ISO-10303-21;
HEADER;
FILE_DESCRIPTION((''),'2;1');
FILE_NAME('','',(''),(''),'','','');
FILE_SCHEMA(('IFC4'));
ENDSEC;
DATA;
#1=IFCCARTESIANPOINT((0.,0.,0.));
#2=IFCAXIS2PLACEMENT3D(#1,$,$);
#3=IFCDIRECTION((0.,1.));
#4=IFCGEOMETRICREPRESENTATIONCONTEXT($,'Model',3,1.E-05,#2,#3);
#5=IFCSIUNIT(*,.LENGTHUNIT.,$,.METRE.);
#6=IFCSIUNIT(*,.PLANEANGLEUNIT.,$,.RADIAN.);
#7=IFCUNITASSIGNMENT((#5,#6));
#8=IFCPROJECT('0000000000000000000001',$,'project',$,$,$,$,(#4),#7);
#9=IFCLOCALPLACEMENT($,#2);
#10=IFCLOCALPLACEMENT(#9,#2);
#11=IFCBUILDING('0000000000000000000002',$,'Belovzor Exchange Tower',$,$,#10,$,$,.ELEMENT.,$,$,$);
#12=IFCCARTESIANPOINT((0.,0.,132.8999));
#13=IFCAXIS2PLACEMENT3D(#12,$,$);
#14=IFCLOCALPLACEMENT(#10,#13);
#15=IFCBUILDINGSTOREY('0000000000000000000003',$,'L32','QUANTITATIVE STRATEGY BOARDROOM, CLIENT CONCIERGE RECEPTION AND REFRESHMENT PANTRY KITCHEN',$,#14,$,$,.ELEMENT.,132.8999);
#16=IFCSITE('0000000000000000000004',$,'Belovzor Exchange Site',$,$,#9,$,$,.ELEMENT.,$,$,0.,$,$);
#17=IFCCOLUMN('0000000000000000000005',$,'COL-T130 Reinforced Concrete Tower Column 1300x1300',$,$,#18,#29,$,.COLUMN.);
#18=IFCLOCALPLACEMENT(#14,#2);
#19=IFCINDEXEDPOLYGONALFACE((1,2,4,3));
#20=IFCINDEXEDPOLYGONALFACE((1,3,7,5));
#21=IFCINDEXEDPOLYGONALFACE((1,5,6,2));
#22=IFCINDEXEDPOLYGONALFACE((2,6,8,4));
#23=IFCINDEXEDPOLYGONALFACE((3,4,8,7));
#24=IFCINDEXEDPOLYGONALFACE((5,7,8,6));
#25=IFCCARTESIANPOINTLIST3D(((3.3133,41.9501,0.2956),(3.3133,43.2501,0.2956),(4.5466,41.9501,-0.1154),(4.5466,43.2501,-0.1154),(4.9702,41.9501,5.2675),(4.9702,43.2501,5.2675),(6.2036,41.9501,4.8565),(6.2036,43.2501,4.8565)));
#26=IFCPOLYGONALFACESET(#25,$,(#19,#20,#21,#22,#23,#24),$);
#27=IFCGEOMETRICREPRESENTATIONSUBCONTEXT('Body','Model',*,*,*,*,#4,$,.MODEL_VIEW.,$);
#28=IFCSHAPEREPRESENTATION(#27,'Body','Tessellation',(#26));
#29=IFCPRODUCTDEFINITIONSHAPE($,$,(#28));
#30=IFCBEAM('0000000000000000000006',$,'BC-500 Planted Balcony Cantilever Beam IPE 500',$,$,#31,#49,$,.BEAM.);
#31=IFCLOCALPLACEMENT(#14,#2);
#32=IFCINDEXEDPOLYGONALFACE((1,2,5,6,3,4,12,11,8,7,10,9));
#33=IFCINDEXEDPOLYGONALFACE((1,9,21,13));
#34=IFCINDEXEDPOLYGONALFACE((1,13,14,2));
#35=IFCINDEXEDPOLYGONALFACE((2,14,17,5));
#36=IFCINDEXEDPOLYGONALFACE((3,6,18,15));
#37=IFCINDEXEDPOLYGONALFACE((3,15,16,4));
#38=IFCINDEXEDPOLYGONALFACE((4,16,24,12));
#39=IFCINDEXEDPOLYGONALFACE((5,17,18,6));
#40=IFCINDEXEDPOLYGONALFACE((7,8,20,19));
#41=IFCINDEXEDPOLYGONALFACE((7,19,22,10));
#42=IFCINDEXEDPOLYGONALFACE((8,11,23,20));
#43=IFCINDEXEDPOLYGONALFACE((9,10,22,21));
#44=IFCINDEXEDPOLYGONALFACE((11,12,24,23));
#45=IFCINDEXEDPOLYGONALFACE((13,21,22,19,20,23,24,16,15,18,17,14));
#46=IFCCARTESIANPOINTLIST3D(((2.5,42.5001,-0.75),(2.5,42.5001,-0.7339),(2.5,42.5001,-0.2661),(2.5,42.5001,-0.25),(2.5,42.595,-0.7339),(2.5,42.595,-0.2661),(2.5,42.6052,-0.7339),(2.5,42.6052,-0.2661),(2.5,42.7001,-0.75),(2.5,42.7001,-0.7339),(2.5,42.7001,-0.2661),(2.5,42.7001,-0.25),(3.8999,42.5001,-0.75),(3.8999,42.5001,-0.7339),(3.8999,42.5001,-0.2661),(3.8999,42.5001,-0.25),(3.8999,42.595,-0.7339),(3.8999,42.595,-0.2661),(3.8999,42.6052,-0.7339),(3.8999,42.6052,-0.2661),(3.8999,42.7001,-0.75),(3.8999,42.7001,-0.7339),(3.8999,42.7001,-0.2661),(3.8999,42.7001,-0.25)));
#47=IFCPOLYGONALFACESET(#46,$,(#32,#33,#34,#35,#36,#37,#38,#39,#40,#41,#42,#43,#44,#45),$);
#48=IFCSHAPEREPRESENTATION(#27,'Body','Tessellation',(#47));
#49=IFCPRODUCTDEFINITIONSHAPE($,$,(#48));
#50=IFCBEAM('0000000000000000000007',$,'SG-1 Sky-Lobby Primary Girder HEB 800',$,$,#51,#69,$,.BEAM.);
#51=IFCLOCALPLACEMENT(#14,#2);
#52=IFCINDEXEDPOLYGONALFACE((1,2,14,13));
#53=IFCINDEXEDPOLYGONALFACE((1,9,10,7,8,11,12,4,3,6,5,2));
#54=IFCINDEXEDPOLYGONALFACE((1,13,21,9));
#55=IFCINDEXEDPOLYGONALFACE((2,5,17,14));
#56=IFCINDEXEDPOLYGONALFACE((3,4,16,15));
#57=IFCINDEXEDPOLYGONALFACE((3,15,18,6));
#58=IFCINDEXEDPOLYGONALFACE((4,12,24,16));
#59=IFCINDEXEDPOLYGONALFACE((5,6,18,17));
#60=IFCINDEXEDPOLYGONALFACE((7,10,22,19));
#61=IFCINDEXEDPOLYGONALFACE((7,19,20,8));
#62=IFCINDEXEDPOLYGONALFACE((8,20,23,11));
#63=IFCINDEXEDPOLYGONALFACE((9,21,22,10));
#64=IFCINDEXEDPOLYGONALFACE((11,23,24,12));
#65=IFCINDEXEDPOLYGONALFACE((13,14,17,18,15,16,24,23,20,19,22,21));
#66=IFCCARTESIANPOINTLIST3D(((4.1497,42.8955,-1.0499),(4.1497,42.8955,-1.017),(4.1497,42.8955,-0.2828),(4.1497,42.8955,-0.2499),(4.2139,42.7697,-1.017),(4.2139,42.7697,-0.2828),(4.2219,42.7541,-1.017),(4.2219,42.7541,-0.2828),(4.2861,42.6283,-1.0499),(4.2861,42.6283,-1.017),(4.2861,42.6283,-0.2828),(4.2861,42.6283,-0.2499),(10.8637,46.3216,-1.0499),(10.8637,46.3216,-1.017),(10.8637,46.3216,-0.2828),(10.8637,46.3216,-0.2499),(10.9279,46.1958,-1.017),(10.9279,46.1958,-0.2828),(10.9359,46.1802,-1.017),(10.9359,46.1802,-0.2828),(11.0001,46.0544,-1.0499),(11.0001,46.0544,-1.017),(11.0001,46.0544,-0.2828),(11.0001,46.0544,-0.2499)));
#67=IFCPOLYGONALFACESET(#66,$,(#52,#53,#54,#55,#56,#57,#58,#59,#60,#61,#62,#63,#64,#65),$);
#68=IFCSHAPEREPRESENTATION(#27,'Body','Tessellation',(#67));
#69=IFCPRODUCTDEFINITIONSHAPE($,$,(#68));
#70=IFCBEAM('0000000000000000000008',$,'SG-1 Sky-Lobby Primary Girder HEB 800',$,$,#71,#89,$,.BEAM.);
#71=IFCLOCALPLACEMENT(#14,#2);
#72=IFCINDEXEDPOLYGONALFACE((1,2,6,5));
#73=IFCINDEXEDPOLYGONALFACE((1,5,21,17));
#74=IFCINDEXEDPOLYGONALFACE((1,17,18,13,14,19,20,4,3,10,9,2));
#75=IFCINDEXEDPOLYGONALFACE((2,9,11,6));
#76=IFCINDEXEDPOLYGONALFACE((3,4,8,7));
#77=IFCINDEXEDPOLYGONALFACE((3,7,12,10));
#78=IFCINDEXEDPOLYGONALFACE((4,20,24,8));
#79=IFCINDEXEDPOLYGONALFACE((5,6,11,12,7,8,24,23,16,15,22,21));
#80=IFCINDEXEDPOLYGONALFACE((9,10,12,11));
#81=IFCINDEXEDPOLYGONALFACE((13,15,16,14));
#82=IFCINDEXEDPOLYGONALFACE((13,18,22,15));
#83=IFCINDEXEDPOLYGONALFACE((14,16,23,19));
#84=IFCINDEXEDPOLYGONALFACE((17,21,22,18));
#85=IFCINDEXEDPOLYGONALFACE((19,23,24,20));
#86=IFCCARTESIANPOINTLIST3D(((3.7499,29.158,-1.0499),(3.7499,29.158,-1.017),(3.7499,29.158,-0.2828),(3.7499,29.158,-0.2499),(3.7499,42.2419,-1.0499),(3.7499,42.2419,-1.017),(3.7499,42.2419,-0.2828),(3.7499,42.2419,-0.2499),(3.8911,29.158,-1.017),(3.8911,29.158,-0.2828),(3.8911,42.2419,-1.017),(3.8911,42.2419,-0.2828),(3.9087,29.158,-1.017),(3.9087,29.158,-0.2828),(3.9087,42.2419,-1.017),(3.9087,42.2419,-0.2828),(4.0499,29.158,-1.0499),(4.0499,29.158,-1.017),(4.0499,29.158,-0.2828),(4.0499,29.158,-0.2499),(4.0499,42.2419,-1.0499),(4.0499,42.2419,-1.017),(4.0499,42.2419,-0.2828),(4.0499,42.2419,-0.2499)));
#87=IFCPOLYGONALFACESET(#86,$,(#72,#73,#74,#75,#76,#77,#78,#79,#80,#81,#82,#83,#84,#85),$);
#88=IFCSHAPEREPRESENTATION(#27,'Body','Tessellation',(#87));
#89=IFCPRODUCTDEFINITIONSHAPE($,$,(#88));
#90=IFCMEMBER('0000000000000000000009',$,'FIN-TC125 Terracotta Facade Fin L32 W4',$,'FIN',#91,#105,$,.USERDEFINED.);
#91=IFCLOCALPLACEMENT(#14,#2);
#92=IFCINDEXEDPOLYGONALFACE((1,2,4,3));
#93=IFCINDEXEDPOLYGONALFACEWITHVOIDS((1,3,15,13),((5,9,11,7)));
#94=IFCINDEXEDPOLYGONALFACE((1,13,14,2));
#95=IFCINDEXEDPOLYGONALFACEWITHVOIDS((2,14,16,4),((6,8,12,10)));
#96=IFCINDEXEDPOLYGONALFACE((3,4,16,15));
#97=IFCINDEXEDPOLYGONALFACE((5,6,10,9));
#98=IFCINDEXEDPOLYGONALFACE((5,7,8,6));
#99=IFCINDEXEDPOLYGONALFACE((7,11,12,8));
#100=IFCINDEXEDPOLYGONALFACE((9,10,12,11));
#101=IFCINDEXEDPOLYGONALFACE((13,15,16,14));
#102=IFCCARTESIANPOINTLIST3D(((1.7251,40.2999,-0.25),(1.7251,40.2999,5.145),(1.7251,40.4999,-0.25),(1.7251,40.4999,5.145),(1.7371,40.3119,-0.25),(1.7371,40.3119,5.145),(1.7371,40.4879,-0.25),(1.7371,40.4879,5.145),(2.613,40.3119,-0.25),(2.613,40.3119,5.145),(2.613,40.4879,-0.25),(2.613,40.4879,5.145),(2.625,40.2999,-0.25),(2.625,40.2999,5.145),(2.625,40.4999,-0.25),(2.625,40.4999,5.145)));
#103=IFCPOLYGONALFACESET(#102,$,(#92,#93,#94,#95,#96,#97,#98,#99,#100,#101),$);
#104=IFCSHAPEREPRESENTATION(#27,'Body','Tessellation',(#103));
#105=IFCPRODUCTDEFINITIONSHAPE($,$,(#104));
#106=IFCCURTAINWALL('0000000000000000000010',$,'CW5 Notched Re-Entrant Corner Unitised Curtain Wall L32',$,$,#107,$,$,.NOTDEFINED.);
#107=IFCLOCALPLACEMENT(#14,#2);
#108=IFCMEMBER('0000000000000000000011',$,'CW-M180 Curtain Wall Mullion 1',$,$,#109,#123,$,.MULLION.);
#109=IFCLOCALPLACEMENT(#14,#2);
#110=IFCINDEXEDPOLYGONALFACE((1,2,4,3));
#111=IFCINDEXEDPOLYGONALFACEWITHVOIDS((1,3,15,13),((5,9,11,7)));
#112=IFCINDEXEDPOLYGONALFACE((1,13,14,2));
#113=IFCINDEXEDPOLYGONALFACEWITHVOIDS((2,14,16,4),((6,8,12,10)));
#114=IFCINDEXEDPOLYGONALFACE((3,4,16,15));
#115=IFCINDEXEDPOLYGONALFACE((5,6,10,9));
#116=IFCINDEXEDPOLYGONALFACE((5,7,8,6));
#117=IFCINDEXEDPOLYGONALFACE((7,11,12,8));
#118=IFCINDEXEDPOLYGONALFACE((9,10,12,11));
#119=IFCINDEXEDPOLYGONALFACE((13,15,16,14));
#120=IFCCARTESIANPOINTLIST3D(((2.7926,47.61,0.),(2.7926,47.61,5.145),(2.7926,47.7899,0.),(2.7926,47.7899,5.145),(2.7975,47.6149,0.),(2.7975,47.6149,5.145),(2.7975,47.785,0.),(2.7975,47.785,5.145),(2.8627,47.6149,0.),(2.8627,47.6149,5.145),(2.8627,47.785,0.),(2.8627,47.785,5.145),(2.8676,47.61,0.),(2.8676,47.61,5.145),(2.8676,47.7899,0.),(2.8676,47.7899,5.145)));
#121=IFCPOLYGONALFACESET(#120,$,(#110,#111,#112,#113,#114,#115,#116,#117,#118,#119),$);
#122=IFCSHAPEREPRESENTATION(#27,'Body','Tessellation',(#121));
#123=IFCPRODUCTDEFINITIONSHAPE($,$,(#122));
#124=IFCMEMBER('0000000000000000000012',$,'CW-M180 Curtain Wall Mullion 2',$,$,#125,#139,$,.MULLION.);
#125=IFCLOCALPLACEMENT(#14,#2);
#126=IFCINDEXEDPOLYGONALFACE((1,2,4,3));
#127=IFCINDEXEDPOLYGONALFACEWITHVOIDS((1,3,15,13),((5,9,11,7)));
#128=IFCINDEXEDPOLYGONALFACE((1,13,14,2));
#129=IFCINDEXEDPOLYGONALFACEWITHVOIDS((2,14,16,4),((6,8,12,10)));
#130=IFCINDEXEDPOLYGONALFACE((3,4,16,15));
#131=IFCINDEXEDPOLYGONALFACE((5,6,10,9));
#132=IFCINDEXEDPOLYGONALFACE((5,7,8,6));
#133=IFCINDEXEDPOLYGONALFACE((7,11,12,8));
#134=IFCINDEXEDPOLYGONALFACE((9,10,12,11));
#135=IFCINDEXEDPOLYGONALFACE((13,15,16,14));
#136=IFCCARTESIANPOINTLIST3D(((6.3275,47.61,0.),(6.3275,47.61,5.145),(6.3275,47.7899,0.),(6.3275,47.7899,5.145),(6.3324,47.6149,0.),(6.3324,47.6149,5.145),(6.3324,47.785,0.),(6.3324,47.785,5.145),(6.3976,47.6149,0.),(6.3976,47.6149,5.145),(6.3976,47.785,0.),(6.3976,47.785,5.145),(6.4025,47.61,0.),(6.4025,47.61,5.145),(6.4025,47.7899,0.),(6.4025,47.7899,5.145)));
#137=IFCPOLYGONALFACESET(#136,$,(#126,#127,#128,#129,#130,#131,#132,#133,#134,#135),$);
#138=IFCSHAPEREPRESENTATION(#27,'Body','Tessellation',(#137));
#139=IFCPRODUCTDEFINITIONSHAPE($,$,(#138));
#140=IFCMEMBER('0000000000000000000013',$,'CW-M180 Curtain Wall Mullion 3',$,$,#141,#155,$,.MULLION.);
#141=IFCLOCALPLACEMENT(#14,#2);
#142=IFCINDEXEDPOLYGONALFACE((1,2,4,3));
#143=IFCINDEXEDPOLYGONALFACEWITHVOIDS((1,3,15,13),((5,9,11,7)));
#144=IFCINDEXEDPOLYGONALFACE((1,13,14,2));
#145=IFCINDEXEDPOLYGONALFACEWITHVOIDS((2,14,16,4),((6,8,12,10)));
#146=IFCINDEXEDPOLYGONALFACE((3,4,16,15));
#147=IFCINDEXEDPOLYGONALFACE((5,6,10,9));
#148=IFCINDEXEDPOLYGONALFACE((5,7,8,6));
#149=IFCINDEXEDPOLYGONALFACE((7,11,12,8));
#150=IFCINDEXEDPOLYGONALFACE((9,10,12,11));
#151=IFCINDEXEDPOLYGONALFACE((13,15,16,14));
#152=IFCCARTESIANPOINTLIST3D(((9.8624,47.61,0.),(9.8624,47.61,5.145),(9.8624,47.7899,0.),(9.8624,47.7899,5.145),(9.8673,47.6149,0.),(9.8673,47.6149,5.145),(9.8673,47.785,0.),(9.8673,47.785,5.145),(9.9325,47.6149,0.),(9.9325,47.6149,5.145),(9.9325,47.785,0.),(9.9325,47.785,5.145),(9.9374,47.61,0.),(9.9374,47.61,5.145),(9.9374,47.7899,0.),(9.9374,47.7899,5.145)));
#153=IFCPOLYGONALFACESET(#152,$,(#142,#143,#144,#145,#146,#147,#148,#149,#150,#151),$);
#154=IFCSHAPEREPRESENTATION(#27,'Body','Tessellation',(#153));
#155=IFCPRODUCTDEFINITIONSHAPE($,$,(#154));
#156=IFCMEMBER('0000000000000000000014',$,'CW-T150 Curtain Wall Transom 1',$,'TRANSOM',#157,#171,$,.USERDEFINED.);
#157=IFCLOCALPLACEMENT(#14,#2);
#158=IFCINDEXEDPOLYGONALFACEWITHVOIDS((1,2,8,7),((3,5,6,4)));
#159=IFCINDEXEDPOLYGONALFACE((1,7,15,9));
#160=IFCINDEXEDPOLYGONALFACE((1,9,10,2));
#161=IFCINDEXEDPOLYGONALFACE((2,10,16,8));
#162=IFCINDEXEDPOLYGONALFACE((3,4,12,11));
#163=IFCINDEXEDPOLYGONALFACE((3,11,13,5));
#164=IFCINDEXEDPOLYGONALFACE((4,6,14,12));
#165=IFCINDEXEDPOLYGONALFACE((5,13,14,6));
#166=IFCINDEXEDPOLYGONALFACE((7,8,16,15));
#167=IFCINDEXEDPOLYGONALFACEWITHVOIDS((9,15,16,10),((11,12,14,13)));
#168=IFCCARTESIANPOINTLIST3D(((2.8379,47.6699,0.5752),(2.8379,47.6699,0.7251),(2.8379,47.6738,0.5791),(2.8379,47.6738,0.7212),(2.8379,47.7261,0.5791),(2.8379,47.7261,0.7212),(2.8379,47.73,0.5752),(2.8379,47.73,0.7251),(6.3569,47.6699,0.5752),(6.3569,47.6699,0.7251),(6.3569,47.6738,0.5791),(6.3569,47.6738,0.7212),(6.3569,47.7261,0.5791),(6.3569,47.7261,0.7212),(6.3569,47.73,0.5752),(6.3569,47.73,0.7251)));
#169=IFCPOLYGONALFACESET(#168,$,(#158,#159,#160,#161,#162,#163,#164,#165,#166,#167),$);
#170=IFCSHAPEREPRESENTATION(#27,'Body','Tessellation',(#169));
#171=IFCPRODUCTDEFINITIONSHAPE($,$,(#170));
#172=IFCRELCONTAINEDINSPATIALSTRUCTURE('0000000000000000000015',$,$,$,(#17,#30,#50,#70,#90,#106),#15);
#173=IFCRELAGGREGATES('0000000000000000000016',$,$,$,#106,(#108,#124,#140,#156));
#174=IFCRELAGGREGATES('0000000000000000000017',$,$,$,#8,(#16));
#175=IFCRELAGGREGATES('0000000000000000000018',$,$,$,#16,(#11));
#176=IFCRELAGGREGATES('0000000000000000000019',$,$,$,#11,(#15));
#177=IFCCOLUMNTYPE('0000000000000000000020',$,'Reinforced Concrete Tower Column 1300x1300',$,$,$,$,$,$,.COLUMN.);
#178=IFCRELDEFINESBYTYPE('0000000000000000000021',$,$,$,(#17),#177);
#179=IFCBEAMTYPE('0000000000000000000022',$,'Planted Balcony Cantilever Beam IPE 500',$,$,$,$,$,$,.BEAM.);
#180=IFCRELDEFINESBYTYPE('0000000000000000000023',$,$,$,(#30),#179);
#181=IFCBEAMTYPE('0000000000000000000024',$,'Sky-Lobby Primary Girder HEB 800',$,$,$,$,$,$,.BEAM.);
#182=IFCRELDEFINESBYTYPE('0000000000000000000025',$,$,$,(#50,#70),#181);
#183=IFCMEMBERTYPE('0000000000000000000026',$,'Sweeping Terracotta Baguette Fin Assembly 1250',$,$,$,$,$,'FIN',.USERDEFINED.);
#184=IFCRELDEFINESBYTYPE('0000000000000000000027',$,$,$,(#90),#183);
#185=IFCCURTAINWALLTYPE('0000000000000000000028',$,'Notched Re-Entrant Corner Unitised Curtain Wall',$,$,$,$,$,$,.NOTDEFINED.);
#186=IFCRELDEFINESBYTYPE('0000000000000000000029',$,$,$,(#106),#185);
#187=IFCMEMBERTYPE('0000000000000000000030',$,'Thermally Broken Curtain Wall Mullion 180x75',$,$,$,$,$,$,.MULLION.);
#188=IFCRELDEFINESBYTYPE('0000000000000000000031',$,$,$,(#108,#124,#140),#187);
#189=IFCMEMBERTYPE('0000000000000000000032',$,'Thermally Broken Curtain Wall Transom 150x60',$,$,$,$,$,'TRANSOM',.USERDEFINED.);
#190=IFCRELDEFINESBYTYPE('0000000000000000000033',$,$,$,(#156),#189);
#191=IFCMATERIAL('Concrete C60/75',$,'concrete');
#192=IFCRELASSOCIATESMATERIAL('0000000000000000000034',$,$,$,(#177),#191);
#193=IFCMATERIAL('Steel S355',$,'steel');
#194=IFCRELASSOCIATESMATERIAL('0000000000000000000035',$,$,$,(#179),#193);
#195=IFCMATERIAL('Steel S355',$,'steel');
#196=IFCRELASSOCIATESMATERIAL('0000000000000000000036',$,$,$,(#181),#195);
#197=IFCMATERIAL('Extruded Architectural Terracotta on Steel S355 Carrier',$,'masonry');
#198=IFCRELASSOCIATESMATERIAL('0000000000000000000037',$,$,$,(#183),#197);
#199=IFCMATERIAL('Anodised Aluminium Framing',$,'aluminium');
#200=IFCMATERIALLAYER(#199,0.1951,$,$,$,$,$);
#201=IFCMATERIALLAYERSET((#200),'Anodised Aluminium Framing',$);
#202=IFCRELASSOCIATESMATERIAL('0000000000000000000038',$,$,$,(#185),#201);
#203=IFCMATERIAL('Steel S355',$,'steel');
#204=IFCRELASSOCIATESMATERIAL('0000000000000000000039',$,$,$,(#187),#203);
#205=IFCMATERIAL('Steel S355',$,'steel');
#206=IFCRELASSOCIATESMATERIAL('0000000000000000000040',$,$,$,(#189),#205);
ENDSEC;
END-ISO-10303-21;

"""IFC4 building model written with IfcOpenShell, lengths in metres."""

from ifc_helpers import new_model, si_unit, direction, frame, origin, origin_2d, place, context, subcontext, project, spatial, rectangle, hollow_rectangle, i_section, extrude, material, layer, layer_set, material_profile, profile_set, type_object, element, aggregate, save


model = new_model("IFC4")

# Units and contexts
model_context = context("Model", 3, precision=1e-05, world=origin(), true_north=direction((0.0, 1.0)))
body_context = subcontext(model_context, "Body", "Model", "MODEL_VIEW")
ifc_project = project(units=[si_unit("LENGTHUNIT", "METRE"), si_unit("PLANEANGLEUNIT", "RADIAN")], contexts=[model_context])

# Site, building, storey
site_placement = place(None, origin())
site = spatial("IfcSite", under=ifc_project, at=site_placement, Name="Belovzor Exchange Site", CompositionType="ELEMENT", RefElevation=0.0)
building_placement = place(site_placement, origin())
building = spatial("IfcBuilding", under=site, at=building_placement, Name="Belovzor Exchange Tower", CompositionType="ELEMENT")
storey_placement = place(building_placement, frame((0.0, 0.0, 132.8999)))
storey = spatial("IfcBuildingStorey", under=building, at=storey_placement, Name="L32", Description="QUANTITATIVE STRATEGY BOARDROOM, CLIENT CONCIERGE RECEPTION AND REFRESHMENT PANTRY KITCHEN", CompositionType="ELEMENT", Elevation=132.8999)

# Column
ifc_material_1 = material(Name="Concrete C60/75", Category="concrete")
ifc_material_profile_1 = material_profile(ifc_material_1, rectangle(XDim=1.3, YDim=1.3, at=origin_2d()))
ifc_profile_set_1 = profile_set([ifc_material_profile_1], Name="Concrete C60/75")
column_type = type_object("IfcColumnType", Name="Reinforced Concrete Tower Column 1300x1300", PredefinedType="COLUMN", material=ifc_profile_set_1)
column_placement = place(storey_placement, frame((3.9299, 42.6001, 0.0901), z_axis=(0.316172, 0.0, 0.948702), x_axis=(0.0, 1.0, 0.0)))
element("IfcColumn", 1, at=column_placement, inside=storey, type_object=column_type, Name="COL-T130 Reinforced Concrete Tower Column 1300x1300", PredefinedType="COLUMN", context=body_context, shape_type="SweptSolid", body=[
    extrude(rectangle(XDim=1.3, YDim=1.3, at=origin_2d()), origin(), (0.0, 0.0, 1.0), 5.2407),
])

# Beams
ifc_material_2 = material(Name="Steel S355", Category="steel")
ifc_material_profile_2 = material_profile(ifc_material_2, i_section(OverallWidth=0.2, OverallDepth=0.5, WebThickness=0.0103, FlangeThickness=0.0161, at=origin_2d()))
ifc_profile_set_2 = profile_set([ifc_material_profile_2], Name="Steel S355")
beam_type_1 = type_object("IfcBeamType", Name="Planted Balcony Cantilever Beam IPE 500", PredefinedType="BEAM", material=ifc_profile_set_2)
beam_1_placement = place(storey_placement, frame((3.8999, 42.6001, -0.5), z_axis=(-1.0, 0.0, 0.0), x_axis=(0.0, -1.0, 0.0)))
element("IfcBeam", 2, at=beam_1_placement, inside=storey, type_object=beam_type_1, Name="BC-500 Planted Balcony Cantilever Beam IPE 500", PredefinedType="BEAM", context=body_context, shape_type="SweptSolid", body=[
    extrude(i_section(OverallWidth=0.2, OverallDepth=0.5, WebThickness=0.0103, FlangeThickness=0.0161, at=origin_2d()), origin(), (0.0, 0.0, 1.0), 1.3999),
])
ifc_material_3 = material(Name="Steel S355", Category="steel")
ifc_material_profile_3 = material_profile(ifc_material_3, i_section(OverallWidth=0.3, OverallDepth=0.8, WebThickness=0.0176, FlangeThickness=0.033, at=origin_2d()))
ifc_profile_set_3 = profile_set([ifc_material_profile_3], Name="Steel S355")
beam_type_2 = type_object("IfcBeamType", Name="Sky-Lobby Primary Girder HEB 800", PredefinedType="BEAM", material=ifc_profile_set_3)
beam_2_placement = place(storey_placement, frame((10.9319, 46.188, -0.6499), z_axis=(-0.890731, -0.454532, 0.0), x_axis=(0.454532, -0.890731, 0.0)))
element("IfcBeam", 3, at=beam_2_placement, inside=storey, type_object=beam_type_2, Name="SG-1 Sky-Lobby Primary Girder HEB 800", PredefinedType="BEAM", context=body_context, shape_type="SweptSolid", body=[
    extrude(i_section(OverallWidth=0.3, OverallDepth=0.8, WebThickness=0.0176, FlangeThickness=0.033, at=origin_2d()), origin(), (0.0, 0.0, 1.0), 7.5376),
])
beam_3_placement = place(storey_placement, frame((3.8999, 42.2419, -0.6499), z_axis=(0.0, -1.0, 0.0), x_axis=(1.0, 0.0, 0.0)))
element("IfcBeam", 4, at=beam_3_placement, inside=storey, type_object=beam_type_2, Name="SG-1 Sky-Lobby Primary Girder HEB 800", PredefinedType="BEAM", context=body_context, shape_type="SweptSolid", body=[
    extrude(i_section(OverallWidth=0.3, OverallDepth=0.8, WebThickness=0.0176, FlangeThickness=0.033, at=origin_2d()), origin(), (0.0, 0.0, 1.0), 13.084),
])

# Member
ifc_material_4 = material(Name="Extruded Architectural Terracotta on Steel S355 Carrier", Category="masonry")
ifc_material_profile_4 = material_profile(ifc_material_4, hollow_rectangle(XDim=0.2, YDim=0.8999, WallThickness=0.012, at=origin_2d()))
ifc_profile_set_4 = profile_set([ifc_material_profile_4], Name="Extruded Architectural Terracotta on Steel S355 Carrier")
member_type_1 = type_object("IfcMemberType", Name="Sweeping Terracotta Baguette Fin Assembly 1250", ElementType="FIN", PredefinedType="USERDEFINED", material=ifc_profile_set_4)
member_1_placement = place(storey_placement, frame((2.175, 40.3999, -0.25), z_axis=(0.0, 0.0, 1.0), x_axis=(0.0, 1.0, 0.0)))
element("IfcMember", 5, at=member_1_placement, inside=storey, type_object=member_type_1, Name="FIN-TC125 Terracotta Facade Fin L32 W4", ObjectType="FIN", PredefinedType="USERDEFINED", context=body_context, shape_type="SweptSolid", body=[
    extrude(hollow_rectangle(XDim=0.2, YDim=0.8999, WallThickness=0.012, at=origin_2d()), origin(), (0.0, 0.0, 1.0), 5.395),
])

# Curtain wall, members
ifc_material_5 = material(Name="Anodised Aluminium Framing", Category="aluminium")
ifc_layer_1 = layer(ifc_material_5, 0.1951)
ifc_layer_set_1 = layer_set([ifc_layer_1], Name="Anodised Aluminium Framing")
curtain_wall_type = type_object("IfcCurtainWallType", Name="Notched Re-Entrant Corner Unitised Curtain Wall", PredefinedType="NOTDEFINED", material=ifc_layer_set_1)
curtain_wall_placement = place(storey_placement, origin())
curtain_wall = element("IfcCurtainWall", 6, at=curtain_wall_placement, inside=storey, type_object=curtain_wall_type, Name="CW5 Notched Re-Entrant Corner Unitised Curtain Wall L32", PredefinedType="NOTDEFINED")
ifc_material_6 = material(Name="Steel S355", Category="steel")
ifc_material_profile_5 = material_profile(ifc_material_6, hollow_rectangle(XDim=0.075, YDim=0.1799, WallThickness=0.0049, at=origin_2d()))
ifc_profile_set_5 = profile_set([ifc_material_profile_5], Name="Steel S355")
member_type_2 = type_object("IfcMemberType", Name="Thermally Broken Curtain Wall Mullion 180x75", PredefinedType="MULLION", material=ifc_profile_set_5)
member_2_placement = place(storey_placement, frame((2.8301, 47.7, 0.0), z_axis=(0.0, 0.0, 1.0), x_axis=(1.0, 0.0, 0.0)))
member_2 = element("IfcMember", 7, at=member_2_placement, type_object=member_type_2, Name="CW-M180 Curtain Wall Mullion 1", PredefinedType="MULLION", context=body_context, shape_type="SweptSolid", body=[
    extrude(hollow_rectangle(XDim=0.075, YDim=0.1799, WallThickness=0.0049, at=origin_2d()), origin(), (0.0, 0.0, 1.0), 5.145),
])
member_3_placement = place(storey_placement, frame((6.365, 47.7, 0.0), z_axis=(0.0, 0.0, 1.0), x_axis=(1.0, 0.0, 0.0)))
member_3 = element("IfcMember", 8, at=member_3_placement, type_object=member_type_2, Name="CW-M180 Curtain Wall Mullion 2", PredefinedType="MULLION", context=body_context, shape_type="SweptSolid", body=[
    extrude(hollow_rectangle(XDim=0.075, YDim=0.1799, WallThickness=0.0049, at=origin_2d()), origin(), (0.0, 0.0, 1.0), 5.145),
])
member_4_placement = place(storey_placement, frame((9.8999, 47.7, 0.0), z_axis=(0.0, 0.0, 1.0), x_axis=(1.0, 0.0, 0.0)))
member_4 = element("IfcMember", 9, at=member_4_placement, type_object=member_type_2, Name="CW-M180 Curtain Wall Mullion 3", PredefinedType="MULLION", context=body_context, shape_type="SweptSolid", body=[
    extrude(hollow_rectangle(XDim=0.075, YDim=0.1799, WallThickness=0.0049, at=origin_2d()), origin(), (0.0, 0.0, 1.0), 5.145),
])
ifc_material_7 = material(Name="Steel S355", Category="steel")
ifc_material_profile_6 = material_profile(ifc_material_7, hollow_rectangle(XDim=0.0601, YDim=0.1499, WallThickness=0.0039, at=origin_2d()))
ifc_profile_set_6 = profile_set([ifc_material_profile_6], Name="Steel S355")
member_type_3 = type_object("IfcMemberType", Name="Thermally Broken Curtain Wall Transom 150x60", ElementType="TRANSOM", PredefinedType="USERDEFINED", material=ifc_profile_set_6)
member_5_placement = place(storey_placement, frame((2.8379, 47.7, 0.6501), z_axis=(1.0, 0.0, 0.0), x_axis=(0.0, 1.0, 0.0)))
member_5 = element("IfcMember", 10, at=member_5_placement, type_object=member_type_3, Name="CW-T150 Curtain Wall Transom 1", ObjectType="TRANSOM", PredefinedType="USERDEFINED", context=body_context, shape_type="SweptSolid", body=[
    extrude(hollow_rectangle(XDim=0.0601, YDim=0.1499, WallThickness=0.0039, at=origin_2d()), origin(), (0.0, 0.0, 1.0), 3.519),
])

aggregate(curtain_wall, [member_2, member_3, member_4, member_5])

save(model, "model.ifc")
